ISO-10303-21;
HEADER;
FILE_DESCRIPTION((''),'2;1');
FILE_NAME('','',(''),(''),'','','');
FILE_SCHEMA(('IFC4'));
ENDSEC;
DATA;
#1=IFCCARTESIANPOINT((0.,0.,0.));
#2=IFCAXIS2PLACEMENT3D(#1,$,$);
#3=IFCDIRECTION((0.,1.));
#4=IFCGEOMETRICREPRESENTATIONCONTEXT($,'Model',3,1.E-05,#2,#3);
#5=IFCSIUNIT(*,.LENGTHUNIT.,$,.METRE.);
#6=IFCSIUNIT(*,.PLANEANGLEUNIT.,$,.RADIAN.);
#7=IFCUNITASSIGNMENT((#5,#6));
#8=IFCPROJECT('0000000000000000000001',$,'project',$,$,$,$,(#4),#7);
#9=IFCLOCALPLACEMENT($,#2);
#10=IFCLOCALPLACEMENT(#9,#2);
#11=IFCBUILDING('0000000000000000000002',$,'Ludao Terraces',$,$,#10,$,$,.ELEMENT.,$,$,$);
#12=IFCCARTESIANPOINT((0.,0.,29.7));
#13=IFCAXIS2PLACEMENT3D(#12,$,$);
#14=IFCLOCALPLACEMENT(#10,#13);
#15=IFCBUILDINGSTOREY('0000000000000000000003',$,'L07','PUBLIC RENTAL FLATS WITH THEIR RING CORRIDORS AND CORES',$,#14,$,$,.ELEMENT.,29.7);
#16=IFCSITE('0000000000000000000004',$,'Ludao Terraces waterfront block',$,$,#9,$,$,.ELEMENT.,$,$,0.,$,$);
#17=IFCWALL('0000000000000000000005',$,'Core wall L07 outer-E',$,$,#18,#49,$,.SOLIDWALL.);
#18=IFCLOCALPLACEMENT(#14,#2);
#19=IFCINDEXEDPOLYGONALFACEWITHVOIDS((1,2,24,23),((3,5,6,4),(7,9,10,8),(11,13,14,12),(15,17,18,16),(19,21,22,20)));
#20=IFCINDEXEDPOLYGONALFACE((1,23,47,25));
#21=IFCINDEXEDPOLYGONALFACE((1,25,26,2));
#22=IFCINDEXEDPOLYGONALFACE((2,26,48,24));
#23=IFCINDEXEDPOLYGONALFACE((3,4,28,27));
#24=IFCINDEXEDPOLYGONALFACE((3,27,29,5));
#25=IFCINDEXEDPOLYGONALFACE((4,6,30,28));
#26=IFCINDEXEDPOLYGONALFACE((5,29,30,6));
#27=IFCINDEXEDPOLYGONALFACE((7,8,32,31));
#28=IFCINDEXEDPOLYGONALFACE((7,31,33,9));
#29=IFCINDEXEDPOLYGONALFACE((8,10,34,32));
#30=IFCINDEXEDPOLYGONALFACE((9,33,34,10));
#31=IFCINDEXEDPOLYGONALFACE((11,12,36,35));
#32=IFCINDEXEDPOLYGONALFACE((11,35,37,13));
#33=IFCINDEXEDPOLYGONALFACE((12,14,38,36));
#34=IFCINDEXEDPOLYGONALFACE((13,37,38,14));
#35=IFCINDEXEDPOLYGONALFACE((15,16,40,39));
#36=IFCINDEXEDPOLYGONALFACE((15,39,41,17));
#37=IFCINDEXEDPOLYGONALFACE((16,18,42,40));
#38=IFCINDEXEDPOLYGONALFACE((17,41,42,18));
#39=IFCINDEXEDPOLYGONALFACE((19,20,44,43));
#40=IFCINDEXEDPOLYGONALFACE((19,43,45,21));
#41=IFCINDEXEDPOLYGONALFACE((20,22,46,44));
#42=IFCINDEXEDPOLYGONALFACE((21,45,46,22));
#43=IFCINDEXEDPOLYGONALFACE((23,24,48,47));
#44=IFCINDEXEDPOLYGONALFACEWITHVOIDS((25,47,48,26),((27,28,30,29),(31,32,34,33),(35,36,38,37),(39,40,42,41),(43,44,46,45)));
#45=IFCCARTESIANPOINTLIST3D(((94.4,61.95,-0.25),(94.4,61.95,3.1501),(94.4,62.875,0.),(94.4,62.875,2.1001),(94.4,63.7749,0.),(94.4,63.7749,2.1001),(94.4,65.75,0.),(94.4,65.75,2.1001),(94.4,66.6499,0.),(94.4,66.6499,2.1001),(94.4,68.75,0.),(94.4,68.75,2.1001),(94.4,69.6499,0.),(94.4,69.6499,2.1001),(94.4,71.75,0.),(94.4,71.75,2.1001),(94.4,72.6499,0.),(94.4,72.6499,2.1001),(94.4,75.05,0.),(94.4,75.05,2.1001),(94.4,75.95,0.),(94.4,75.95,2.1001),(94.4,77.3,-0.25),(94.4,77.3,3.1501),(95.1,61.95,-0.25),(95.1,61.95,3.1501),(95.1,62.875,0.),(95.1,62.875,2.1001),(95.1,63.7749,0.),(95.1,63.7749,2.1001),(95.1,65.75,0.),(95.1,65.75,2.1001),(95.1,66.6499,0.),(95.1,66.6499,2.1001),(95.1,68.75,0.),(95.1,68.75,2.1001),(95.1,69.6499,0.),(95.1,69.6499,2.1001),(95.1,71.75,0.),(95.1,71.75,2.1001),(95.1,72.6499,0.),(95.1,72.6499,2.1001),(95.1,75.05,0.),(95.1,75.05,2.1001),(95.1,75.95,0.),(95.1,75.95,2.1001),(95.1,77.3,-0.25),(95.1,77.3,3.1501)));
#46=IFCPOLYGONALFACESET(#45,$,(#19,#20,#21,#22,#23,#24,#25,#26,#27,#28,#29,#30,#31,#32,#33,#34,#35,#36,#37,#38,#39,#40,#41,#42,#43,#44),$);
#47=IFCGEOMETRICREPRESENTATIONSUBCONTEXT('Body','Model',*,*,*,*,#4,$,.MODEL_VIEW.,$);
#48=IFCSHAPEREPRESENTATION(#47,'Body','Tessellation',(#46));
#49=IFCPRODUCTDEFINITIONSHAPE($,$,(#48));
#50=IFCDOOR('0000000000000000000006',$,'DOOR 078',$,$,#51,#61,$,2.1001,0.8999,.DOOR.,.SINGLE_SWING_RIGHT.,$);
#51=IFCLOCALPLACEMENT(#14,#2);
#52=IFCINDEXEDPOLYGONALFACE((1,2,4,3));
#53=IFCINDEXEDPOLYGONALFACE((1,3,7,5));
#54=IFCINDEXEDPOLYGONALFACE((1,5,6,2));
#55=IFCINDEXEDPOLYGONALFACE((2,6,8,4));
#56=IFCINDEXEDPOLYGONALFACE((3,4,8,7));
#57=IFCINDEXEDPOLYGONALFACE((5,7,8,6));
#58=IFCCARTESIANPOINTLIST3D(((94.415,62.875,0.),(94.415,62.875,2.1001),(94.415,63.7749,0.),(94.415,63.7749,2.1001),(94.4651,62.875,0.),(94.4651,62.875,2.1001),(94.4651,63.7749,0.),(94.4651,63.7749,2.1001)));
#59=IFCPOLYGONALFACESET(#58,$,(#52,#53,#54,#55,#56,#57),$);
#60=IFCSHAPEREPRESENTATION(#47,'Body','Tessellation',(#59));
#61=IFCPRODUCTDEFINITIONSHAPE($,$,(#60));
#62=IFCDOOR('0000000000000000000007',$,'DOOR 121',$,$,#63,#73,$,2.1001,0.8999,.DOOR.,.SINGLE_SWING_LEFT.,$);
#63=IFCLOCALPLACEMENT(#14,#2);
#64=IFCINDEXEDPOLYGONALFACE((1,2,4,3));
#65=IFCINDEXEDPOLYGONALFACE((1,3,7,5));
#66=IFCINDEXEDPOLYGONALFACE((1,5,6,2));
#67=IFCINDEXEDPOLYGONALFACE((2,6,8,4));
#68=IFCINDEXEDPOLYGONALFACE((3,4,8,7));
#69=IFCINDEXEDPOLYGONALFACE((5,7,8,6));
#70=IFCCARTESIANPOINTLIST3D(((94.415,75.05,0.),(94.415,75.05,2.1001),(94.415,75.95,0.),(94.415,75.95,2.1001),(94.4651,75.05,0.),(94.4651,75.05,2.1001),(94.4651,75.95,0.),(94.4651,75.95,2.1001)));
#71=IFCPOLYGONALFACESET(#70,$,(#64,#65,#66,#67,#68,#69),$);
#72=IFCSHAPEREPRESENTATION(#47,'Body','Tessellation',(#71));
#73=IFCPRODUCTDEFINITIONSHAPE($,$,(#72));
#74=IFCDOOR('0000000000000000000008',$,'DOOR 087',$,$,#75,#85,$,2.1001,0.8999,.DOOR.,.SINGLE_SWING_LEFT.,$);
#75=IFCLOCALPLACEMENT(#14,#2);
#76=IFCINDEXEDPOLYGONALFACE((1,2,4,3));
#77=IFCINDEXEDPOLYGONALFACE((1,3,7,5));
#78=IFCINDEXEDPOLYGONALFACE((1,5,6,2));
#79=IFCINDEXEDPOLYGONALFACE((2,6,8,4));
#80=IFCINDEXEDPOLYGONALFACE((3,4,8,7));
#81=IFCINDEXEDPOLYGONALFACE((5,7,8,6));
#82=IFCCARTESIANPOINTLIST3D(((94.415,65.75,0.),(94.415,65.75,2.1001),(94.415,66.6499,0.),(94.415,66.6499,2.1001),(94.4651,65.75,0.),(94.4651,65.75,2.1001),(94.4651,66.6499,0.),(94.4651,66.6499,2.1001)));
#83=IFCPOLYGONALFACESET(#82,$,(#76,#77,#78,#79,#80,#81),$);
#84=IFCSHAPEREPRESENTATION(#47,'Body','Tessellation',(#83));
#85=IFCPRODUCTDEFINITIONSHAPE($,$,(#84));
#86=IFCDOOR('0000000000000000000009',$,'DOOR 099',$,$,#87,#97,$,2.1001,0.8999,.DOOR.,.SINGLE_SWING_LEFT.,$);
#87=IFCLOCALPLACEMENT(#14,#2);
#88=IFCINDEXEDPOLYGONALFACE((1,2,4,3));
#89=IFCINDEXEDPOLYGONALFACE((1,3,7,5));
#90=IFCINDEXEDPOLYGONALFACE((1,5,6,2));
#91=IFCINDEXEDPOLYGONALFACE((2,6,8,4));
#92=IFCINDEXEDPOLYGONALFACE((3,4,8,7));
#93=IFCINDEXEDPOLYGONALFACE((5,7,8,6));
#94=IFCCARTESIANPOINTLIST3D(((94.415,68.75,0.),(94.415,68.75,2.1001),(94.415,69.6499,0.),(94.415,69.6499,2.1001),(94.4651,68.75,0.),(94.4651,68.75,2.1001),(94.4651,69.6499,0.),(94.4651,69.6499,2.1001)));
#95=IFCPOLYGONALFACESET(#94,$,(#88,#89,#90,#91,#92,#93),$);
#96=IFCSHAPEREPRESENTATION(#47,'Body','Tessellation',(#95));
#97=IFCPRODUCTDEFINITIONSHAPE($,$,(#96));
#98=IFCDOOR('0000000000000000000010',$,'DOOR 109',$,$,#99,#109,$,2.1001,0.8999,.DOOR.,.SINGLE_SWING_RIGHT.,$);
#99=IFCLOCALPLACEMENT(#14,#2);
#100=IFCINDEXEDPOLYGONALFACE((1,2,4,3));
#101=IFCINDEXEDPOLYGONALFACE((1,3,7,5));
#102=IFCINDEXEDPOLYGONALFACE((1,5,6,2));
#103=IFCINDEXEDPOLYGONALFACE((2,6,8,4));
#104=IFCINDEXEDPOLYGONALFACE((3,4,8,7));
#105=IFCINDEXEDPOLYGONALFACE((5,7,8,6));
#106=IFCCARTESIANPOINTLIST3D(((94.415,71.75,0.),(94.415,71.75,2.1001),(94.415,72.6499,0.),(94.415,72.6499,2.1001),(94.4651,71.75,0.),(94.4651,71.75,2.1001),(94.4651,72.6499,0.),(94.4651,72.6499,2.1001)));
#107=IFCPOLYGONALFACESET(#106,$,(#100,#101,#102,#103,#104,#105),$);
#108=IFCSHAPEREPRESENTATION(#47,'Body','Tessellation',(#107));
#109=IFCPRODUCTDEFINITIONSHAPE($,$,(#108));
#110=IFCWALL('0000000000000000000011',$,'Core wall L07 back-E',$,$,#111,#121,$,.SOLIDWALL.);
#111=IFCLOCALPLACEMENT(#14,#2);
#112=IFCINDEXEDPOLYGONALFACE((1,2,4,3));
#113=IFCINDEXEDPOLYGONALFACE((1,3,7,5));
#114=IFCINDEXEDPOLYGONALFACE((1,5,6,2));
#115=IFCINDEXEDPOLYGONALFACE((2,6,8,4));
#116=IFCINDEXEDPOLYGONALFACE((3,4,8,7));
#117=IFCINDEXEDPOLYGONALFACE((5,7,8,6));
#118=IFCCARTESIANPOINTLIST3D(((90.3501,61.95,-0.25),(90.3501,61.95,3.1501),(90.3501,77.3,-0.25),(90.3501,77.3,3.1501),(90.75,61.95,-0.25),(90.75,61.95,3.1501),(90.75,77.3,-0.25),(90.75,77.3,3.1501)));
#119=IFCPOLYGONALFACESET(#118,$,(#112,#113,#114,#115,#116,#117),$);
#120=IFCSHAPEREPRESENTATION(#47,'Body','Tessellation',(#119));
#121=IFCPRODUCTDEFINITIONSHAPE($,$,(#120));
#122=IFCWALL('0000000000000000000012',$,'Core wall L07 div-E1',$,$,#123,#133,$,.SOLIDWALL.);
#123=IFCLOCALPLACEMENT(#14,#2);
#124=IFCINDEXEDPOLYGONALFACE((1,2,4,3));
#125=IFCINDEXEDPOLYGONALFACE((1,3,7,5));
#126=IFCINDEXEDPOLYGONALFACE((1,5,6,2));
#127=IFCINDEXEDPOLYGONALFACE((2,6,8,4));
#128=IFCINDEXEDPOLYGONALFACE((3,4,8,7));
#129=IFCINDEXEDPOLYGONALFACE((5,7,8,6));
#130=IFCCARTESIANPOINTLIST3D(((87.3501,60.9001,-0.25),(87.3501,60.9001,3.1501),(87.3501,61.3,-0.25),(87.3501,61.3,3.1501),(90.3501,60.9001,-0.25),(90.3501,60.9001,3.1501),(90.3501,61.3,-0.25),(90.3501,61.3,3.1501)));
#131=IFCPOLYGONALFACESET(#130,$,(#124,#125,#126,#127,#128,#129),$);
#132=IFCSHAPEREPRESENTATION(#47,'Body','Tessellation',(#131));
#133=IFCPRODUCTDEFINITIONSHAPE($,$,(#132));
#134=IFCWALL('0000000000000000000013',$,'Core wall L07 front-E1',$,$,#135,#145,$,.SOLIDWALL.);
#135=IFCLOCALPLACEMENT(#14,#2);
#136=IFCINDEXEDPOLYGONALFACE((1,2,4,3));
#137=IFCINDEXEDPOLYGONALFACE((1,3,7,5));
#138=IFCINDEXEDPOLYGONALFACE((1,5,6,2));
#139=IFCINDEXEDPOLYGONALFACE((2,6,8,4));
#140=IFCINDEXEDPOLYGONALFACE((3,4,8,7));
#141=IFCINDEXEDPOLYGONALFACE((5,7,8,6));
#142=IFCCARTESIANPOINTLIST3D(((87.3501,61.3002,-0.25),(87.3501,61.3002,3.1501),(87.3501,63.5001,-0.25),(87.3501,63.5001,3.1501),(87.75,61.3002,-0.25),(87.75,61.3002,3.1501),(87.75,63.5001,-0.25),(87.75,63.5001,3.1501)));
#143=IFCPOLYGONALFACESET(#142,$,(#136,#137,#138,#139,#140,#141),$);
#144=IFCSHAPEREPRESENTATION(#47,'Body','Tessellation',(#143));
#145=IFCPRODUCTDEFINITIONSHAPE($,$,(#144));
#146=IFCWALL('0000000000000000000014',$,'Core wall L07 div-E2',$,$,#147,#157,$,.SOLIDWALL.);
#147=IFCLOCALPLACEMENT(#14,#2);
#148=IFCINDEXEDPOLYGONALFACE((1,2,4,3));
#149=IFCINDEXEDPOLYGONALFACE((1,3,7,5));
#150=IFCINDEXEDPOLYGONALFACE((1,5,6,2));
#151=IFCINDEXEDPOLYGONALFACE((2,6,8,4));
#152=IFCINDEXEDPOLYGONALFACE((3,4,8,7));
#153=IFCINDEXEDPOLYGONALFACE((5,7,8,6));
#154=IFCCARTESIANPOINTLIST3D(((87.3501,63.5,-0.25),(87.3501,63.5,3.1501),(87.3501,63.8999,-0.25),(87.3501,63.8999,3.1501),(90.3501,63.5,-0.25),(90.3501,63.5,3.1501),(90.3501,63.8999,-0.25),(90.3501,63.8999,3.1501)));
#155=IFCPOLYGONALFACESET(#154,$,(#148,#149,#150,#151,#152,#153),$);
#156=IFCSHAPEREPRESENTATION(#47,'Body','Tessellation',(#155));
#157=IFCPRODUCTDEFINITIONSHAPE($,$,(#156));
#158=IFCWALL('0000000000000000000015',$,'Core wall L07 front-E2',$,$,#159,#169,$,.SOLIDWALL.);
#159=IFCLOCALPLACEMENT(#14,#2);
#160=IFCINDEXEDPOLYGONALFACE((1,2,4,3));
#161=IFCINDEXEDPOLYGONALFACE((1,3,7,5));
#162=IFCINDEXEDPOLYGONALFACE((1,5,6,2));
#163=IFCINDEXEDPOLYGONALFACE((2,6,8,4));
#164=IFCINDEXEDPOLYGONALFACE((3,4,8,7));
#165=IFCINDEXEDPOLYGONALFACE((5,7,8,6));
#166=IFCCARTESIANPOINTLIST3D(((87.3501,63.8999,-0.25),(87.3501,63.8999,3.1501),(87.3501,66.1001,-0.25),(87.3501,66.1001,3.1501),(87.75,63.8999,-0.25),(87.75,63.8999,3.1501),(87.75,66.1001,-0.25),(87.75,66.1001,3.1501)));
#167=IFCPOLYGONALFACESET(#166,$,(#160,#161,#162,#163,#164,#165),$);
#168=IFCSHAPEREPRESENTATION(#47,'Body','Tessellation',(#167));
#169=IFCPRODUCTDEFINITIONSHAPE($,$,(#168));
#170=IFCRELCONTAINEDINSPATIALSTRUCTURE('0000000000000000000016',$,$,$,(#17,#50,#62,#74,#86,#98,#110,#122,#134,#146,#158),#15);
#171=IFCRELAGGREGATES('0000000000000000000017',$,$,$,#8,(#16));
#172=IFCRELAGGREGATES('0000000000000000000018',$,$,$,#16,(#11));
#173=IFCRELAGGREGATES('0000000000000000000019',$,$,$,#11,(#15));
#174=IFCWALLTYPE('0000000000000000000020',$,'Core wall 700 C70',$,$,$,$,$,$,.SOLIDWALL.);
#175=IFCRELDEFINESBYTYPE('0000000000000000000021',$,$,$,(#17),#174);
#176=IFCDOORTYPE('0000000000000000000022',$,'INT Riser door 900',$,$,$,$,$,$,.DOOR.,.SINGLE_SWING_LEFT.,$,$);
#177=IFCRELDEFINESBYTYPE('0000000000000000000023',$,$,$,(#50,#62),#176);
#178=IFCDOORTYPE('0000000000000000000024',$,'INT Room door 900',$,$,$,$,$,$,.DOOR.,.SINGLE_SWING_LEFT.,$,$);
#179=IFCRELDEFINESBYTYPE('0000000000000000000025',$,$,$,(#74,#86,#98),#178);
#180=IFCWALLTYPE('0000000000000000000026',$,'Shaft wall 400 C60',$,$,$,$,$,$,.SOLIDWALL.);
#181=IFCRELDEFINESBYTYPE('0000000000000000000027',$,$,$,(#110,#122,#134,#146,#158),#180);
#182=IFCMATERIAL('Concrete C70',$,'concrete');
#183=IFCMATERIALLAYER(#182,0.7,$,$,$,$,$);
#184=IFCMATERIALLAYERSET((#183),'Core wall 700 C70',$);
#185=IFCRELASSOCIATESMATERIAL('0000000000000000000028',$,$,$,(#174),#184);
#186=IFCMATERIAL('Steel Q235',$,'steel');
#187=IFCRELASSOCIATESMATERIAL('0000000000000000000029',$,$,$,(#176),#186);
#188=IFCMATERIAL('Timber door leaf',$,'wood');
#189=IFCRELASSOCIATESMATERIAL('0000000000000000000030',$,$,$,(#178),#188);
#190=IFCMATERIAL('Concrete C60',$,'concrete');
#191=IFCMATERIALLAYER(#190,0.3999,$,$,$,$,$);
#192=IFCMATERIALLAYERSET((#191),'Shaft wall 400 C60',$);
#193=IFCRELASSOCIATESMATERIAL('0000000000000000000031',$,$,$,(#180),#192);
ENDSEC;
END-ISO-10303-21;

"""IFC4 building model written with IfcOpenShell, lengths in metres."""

from ifc_helpers import new_model, si_unit, direction, frame, frame_2d, origin, place, context, subcontext, project, spatial, rectangle, extrude, material, layer, layer_set, type_object, element, fill, save


model = new_model("IFC4")

# Units and contexts
model_context = context("Model", 3, precision=1e-05, world=origin(), true_north=direction((0.0, 1.0)))
body_context = subcontext(model_context, "Body", "Model", "MODEL_VIEW")
ifc_project = project(units=[si_unit("LENGTHUNIT", "METRE"), si_unit("PLANEANGLEUNIT", "RADIAN")], contexts=[model_context])

# Site, building, storey
site_placement = place(None, origin())
site = spatial("IfcSite", under=ifc_project, at=site_placement, Name="Ludao Terraces waterfront block", CompositionType="ELEMENT", RefElevation=0.0)
building_placement = place(site_placement, origin())
building = spatial("IfcBuilding", under=site, at=building_placement, Name="Ludao Terraces", CompositionType="ELEMENT")
storey_placement = place(building_placement, frame((0.0, 0.0, 29.7)))
storey = spatial("IfcBuildingStorey", under=building, at=storey_placement, Name="L07", Description="PUBLIC RENTAL FLATS WITH THEIR RING CORRIDORS AND CORES", CompositionType="ELEMENT", Elevation=29.7)

# Wall, openings, doors
ifc_material_1 = material(Name="Concrete C70", Category="concrete")
ifc_layer_1 = layer(ifc_material_1, 0.7)
ifc_layer_set_1 = layer_set([ifc_layer_1], Name="Core wall 700 C70")
wall_type_1 = type_object("IfcWallType", Name="Core wall 700 C70", PredefinedType="SOLIDWALL", material=ifc_layer_set_1)
wall_1_placement = place(storey_placement, frame((94.75, 61.95, -0.25), z_axis=(0.0, 0.0, 1.0), x_axis=(0.0, 1.0, 0.0)))
wall_1 = element("IfcWall", 1, at=wall_1_placement, inside=storey, type_object=wall_type_1, Name="Core wall L07 outer-E", PredefinedType="SOLIDWALL", context=body_context, shape_type="SweptSolid", body=[
    extrude(rectangle(XDim=15.3501, YDim=0.7, at=frame_2d((7.675, 0.0))), origin(), (0.0, 0.0, 1.0), 3.4001),
])
opening_1_placement = place(wall_1_placement, frame((0.925, 0.0, 0.25)))
opening_1 = element("IfcOpeningElement", 2, at=opening_1_placement, cuts=wall_1, PredefinedType="OPENING", context=body_context, shape_type="SweptSolid", body=[
    extrude(rectangle(XDim=0.8999, YDim=2.1001, at=frame_2d((0.45, 1.05))), frame((0.0, 0.3599, 0.0), z_axis=(0.0, -1.0, 0.0), x_axis=(1.0, 0.0, 0.0)), (0.0, 0.0, 1.0), 0.72),
])
opening_2_placement = place(wall_1_placement, frame((3.8, 0.0, 0.25)))
opening_2 = element("IfcOpeningElement", 3, at=opening_2_placement, cuts=wall_1, PredefinedType="OPENING", context=body_context, shape_type="SweptSolid", body=[
    extrude(rectangle(XDim=0.8999, YDim=2.1001, at=frame_2d((0.45, 1.05))), frame((0.0, 0.3599, 0.0), z_axis=(0.0, -1.0, 0.0), x_axis=(1.0, 0.0, 0.0)), (0.0, 0.0, 1.0), 0.72),
])
opening_3_placement = place(wall_1_placement, frame((6.8, 0.0, 0.25)))
opening_3 = element("IfcOpeningElement", 4, at=opening_3_placement, cuts=wall_1, PredefinedType="OPENING", context=body_context, shape_type="SweptSolid", body=[
    extrude(rectangle(XDim=0.8999, YDim=2.1001, at=frame_2d((0.45, 1.05))), frame((0.0, 0.3599, 0.0), z_axis=(0.0, -1.0, 0.0), x_axis=(1.0, 0.0, 0.0)), (0.0, 0.0, 1.0), 0.72),
])
opening_4_placement = place(wall_1_placement, frame((9.8, 0.0, 0.25)))
opening_4 = element("IfcOpeningElement", 5, at=opening_4_placement, cuts=wall_1, PredefinedType="OPENING", context=body_context, shape_type="SweptSolid", body=[
    extrude(rectangle(XDim=0.8999, YDim=2.1001, at=frame_2d((0.45, 1.05))), frame((0.0, 0.3599, 0.0), z_axis=(0.0, -1.0, 0.0), x_axis=(1.0, 0.0, 0.0)), (0.0, 0.0, 1.0), 0.72),
])
opening_5_placement = place(wall_1_placement, frame((13.1001, 0.0, 0.25)))
opening_5 = element("IfcOpeningElement", 6, at=opening_5_placement, cuts=wall_1, PredefinedType="OPENING", context=body_context, shape_type="SweptSolid", body=[
    extrude(rectangle(XDim=0.8999, YDim=2.1001, at=frame_2d((0.45, 1.05))), frame((0.0, 0.3599, 0.0), z_axis=(0.0, -1.0, 0.0), x_axis=(1.0, 0.0, 0.0)), (0.0, 0.0, 1.0), 0.72),
])
ifc_material_2 = material(Name="Steel Q235", Category="steel")
door_type_1 = type_object("IfcDoorType", Name="INT Riser door 900", OperationType="SINGLE_SWING_LEFT", PredefinedType="DOOR", material=ifc_material_2)
door_1_placement = place(opening_1_placement, origin())
door_1 = element("IfcDoor", 7, at=door_1_placement, inside=storey, type_object=door_type_1, Name="DOOR 078", OperationType="SINGLE_SWING_RIGHT", OverallHeight=2.1001, OverallWidth=0.8999, PredefinedType="DOOR", context=body_context, shape_type="SweptSolid", body=[
    extrude(rectangle(XDim=0.8999, YDim=2.1001, at=frame_2d((0.45, 1.05))), frame((0.0, 0.335, 0.0), z_axis=(0.0, -1.0, 0.0), x_axis=(1.0, 0.0, 0.0)), (0.0, 0.0, 1.0), 0.05),
])
fill(opening_1, door_1)
door_2_placement = place(opening_5_placement, origin())
door_2 = element("IfcDoor", 8, at=door_2_placement, inside=storey, type_object=door_type_1, Name="DOOR 121", OperationType="SINGLE_SWING_LEFT", OverallHeight=2.1001, OverallWidth=0.8999, PredefinedType="DOOR", context=body_context, shape_type="SweptSolid", body=[
    extrude(rectangle(XDim=0.8999, YDim=2.1001, at=frame_2d((0.45, 1.05))), frame((0.0, 0.335, 0.0), z_axis=(0.0, -1.0, 0.0), x_axis=(1.0, 0.0, 0.0)), (0.0, 0.0, 1.0), 0.05),
])
fill(opening_5, door_2)
ifc_material_3 = material(Name="Timber door leaf", Category="wood")
door_type_2 = type_object("IfcDoorType", Name="INT Room door 900", OperationType="SINGLE_SWING_LEFT", PredefinedType="DOOR", material=ifc_material_3)
door_3_placement = place(opening_2_placement, origin())
door_3 = element("IfcDoor", 9, at=door_3_placement, inside=storey, type_object=door_type_2, Name="DOOR 087", OperationType="SINGLE_SWING_LEFT", OverallHeight=2.1001, OverallWidth=0.8999, PredefinedType="DOOR", context=body_context, shape_type="SweptSolid", body=[
    extrude(rectangle(XDim=0.8999, YDim=2.1001, at=frame_2d((0.45, 1.05))), frame((0.0, 0.335, 0.0), z_axis=(0.0, -1.0, 0.0), x_axis=(1.0, 0.0, 0.0)), (0.0, 0.0, 1.0), 0.05),
])
fill(opening_2, door_3)
door_4_placement = place(opening_3_placement, origin())
door_4 = element("IfcDoor", 10, at=door_4_placement, inside=storey, type_object=door_type_2, Name="DOOR 099", OperationType="SINGLE_SWING_LEFT", OverallHeight=2.1001, OverallWidth=0.8999, PredefinedType="DOOR", context=body_context, shape_type="SweptSolid", body=[
    extrude(rectangle(XDim=0.8999, YDim=2.1001, at=frame_2d((0.45, 1.05))), frame((0.0, 0.335, 0.0), z_axis=(0.0, -1.0, 0.0), x_axis=(1.0, 0.0, 0.0)), (0.0, 0.0, 1.0), 0.05),
])
fill(opening_3, door_4)
door_5_placement = place(opening_4_placement, origin())
door_5 = element("IfcDoor", 11, at=door_5_placement, inside=storey, type_object=door_type_2, Name="DOOR 109", OperationType="SINGLE_SWING_RIGHT", OverallHeight=2.1001, OverallWidth=0.8999, PredefinedType="DOOR", context=body_context, shape_type="SweptSolid", body=[
    extrude(rectangle(XDim=0.8999, YDim=2.1001, at=frame_2d((0.45, 1.05))), frame((0.0, 0.335, 0.0), z_axis=(0.0, -1.0, 0.0), x_axis=(1.0, 0.0, 0.0)), (0.0, 0.0, 1.0), 0.05),
])
fill(opening_4, door_5)

# Walls
ifc_material_4 = material(Name="Concrete C60", Category="concrete")
ifc_layer_2 = layer(ifc_material_4, 0.3999)
ifc_layer_set_2 = layer_set([ifc_layer_2], Name="Shaft wall 400 C60")
wall_type_2 = type_object("IfcWallType", Name="Shaft wall 400 C60", PredefinedType="SOLIDWALL", material=ifc_layer_set_2)
wall_2_placement = place(storey_placement, frame((90.55, 61.95, -0.25), z_axis=(0.0, 0.0, 1.0), x_axis=(0.0, 1.0, 0.0)))
element("IfcWall", 12, at=wall_2_placement, inside=storey, type_object=wall_type_2, Name="Core wall L07 back-E", PredefinedType="SOLIDWALL", context=body_context, shape_type="SweptSolid", body=[
    extrude(rectangle(XDim=15.3501, YDim=0.3999, at=frame_2d((7.675, 0.0))), origin(), (0.0, 0.0, 1.0), 3.4001),
])
wall_3_placement = place(storey_placement, frame((87.3501, 61.1001, -0.25), z_axis=(0.0, 0.0, 1.0), x_axis=(1.0, 0.0, 0.0)))
element("IfcWall", 13, at=wall_3_placement, inside=storey, type_object=wall_type_2, Name="Core wall L07 div-E1", PredefinedType="SOLIDWALL", context=body_context, shape_type="SweptSolid", body=[
    extrude(rectangle(XDim=3.0, YDim=0.3999, at=frame_2d((1.5, 0.0))), origin(), (0.0, 0.0, 1.0), 3.4001),
])
wall_4_placement = place(storey_placement, frame((87.55, 61.3, -0.25), z_axis=(0.0, 0.0, 1.0), x_axis=(0.0, 1.0, 0.0)))
element("IfcWall", 14, at=wall_4_placement, inside=storey, type_object=wall_type_2, Name="Core wall L07 front-E1", PredefinedType="SOLIDWALL", context=body_context, shape_type="SweptSolid", body=[
    extrude(rectangle(XDim=2.2, YDim=0.3999, at=frame_2d((1.1001, 0.0))), origin(), (0.0, 0.0, 1.0), 3.4001),
])
wall_5_placement = place(storey_placement, frame((87.3501, 63.7, -0.25), z_axis=(0.0, 0.0, 1.0), x_axis=(1.0, 0.0, 0.0)))
element("IfcWall", 15, at=wall_5_placement, inside=storey, type_object=wall_type_2, Name="Core wall L07 div-E2", PredefinedType="SOLIDWALL", context=body_context, shape_type="SweptSolid", body=[
    extrude(rectangle(XDim=3.0, YDim=0.3999, at=frame_2d((1.5, 0.0))), origin(), (0.0, 0.0, 1.0), 3.4001),
])
wall_6_placement = place(storey_placement, frame((87.55, 63.8999, -0.25), z_axis=(0.0, 0.0, 1.0), x_axis=(0.0, 1.0, 0.0)))
element("IfcWall", 16, at=wall_6_placement, inside=storey, type_object=wall_type_2, Name="Core wall L07 front-E2", PredefinedType="SOLIDWALL", context=body_context, shape_type="SweptSolid", body=[
    extrude(rectangle(XDim=2.2002, YDim=0.3999, at=frame_2d((1.1001, 0.0))), origin(), (0.0, 0.0, 1.0), 3.4001),
])

save(model, "model.ifc")
